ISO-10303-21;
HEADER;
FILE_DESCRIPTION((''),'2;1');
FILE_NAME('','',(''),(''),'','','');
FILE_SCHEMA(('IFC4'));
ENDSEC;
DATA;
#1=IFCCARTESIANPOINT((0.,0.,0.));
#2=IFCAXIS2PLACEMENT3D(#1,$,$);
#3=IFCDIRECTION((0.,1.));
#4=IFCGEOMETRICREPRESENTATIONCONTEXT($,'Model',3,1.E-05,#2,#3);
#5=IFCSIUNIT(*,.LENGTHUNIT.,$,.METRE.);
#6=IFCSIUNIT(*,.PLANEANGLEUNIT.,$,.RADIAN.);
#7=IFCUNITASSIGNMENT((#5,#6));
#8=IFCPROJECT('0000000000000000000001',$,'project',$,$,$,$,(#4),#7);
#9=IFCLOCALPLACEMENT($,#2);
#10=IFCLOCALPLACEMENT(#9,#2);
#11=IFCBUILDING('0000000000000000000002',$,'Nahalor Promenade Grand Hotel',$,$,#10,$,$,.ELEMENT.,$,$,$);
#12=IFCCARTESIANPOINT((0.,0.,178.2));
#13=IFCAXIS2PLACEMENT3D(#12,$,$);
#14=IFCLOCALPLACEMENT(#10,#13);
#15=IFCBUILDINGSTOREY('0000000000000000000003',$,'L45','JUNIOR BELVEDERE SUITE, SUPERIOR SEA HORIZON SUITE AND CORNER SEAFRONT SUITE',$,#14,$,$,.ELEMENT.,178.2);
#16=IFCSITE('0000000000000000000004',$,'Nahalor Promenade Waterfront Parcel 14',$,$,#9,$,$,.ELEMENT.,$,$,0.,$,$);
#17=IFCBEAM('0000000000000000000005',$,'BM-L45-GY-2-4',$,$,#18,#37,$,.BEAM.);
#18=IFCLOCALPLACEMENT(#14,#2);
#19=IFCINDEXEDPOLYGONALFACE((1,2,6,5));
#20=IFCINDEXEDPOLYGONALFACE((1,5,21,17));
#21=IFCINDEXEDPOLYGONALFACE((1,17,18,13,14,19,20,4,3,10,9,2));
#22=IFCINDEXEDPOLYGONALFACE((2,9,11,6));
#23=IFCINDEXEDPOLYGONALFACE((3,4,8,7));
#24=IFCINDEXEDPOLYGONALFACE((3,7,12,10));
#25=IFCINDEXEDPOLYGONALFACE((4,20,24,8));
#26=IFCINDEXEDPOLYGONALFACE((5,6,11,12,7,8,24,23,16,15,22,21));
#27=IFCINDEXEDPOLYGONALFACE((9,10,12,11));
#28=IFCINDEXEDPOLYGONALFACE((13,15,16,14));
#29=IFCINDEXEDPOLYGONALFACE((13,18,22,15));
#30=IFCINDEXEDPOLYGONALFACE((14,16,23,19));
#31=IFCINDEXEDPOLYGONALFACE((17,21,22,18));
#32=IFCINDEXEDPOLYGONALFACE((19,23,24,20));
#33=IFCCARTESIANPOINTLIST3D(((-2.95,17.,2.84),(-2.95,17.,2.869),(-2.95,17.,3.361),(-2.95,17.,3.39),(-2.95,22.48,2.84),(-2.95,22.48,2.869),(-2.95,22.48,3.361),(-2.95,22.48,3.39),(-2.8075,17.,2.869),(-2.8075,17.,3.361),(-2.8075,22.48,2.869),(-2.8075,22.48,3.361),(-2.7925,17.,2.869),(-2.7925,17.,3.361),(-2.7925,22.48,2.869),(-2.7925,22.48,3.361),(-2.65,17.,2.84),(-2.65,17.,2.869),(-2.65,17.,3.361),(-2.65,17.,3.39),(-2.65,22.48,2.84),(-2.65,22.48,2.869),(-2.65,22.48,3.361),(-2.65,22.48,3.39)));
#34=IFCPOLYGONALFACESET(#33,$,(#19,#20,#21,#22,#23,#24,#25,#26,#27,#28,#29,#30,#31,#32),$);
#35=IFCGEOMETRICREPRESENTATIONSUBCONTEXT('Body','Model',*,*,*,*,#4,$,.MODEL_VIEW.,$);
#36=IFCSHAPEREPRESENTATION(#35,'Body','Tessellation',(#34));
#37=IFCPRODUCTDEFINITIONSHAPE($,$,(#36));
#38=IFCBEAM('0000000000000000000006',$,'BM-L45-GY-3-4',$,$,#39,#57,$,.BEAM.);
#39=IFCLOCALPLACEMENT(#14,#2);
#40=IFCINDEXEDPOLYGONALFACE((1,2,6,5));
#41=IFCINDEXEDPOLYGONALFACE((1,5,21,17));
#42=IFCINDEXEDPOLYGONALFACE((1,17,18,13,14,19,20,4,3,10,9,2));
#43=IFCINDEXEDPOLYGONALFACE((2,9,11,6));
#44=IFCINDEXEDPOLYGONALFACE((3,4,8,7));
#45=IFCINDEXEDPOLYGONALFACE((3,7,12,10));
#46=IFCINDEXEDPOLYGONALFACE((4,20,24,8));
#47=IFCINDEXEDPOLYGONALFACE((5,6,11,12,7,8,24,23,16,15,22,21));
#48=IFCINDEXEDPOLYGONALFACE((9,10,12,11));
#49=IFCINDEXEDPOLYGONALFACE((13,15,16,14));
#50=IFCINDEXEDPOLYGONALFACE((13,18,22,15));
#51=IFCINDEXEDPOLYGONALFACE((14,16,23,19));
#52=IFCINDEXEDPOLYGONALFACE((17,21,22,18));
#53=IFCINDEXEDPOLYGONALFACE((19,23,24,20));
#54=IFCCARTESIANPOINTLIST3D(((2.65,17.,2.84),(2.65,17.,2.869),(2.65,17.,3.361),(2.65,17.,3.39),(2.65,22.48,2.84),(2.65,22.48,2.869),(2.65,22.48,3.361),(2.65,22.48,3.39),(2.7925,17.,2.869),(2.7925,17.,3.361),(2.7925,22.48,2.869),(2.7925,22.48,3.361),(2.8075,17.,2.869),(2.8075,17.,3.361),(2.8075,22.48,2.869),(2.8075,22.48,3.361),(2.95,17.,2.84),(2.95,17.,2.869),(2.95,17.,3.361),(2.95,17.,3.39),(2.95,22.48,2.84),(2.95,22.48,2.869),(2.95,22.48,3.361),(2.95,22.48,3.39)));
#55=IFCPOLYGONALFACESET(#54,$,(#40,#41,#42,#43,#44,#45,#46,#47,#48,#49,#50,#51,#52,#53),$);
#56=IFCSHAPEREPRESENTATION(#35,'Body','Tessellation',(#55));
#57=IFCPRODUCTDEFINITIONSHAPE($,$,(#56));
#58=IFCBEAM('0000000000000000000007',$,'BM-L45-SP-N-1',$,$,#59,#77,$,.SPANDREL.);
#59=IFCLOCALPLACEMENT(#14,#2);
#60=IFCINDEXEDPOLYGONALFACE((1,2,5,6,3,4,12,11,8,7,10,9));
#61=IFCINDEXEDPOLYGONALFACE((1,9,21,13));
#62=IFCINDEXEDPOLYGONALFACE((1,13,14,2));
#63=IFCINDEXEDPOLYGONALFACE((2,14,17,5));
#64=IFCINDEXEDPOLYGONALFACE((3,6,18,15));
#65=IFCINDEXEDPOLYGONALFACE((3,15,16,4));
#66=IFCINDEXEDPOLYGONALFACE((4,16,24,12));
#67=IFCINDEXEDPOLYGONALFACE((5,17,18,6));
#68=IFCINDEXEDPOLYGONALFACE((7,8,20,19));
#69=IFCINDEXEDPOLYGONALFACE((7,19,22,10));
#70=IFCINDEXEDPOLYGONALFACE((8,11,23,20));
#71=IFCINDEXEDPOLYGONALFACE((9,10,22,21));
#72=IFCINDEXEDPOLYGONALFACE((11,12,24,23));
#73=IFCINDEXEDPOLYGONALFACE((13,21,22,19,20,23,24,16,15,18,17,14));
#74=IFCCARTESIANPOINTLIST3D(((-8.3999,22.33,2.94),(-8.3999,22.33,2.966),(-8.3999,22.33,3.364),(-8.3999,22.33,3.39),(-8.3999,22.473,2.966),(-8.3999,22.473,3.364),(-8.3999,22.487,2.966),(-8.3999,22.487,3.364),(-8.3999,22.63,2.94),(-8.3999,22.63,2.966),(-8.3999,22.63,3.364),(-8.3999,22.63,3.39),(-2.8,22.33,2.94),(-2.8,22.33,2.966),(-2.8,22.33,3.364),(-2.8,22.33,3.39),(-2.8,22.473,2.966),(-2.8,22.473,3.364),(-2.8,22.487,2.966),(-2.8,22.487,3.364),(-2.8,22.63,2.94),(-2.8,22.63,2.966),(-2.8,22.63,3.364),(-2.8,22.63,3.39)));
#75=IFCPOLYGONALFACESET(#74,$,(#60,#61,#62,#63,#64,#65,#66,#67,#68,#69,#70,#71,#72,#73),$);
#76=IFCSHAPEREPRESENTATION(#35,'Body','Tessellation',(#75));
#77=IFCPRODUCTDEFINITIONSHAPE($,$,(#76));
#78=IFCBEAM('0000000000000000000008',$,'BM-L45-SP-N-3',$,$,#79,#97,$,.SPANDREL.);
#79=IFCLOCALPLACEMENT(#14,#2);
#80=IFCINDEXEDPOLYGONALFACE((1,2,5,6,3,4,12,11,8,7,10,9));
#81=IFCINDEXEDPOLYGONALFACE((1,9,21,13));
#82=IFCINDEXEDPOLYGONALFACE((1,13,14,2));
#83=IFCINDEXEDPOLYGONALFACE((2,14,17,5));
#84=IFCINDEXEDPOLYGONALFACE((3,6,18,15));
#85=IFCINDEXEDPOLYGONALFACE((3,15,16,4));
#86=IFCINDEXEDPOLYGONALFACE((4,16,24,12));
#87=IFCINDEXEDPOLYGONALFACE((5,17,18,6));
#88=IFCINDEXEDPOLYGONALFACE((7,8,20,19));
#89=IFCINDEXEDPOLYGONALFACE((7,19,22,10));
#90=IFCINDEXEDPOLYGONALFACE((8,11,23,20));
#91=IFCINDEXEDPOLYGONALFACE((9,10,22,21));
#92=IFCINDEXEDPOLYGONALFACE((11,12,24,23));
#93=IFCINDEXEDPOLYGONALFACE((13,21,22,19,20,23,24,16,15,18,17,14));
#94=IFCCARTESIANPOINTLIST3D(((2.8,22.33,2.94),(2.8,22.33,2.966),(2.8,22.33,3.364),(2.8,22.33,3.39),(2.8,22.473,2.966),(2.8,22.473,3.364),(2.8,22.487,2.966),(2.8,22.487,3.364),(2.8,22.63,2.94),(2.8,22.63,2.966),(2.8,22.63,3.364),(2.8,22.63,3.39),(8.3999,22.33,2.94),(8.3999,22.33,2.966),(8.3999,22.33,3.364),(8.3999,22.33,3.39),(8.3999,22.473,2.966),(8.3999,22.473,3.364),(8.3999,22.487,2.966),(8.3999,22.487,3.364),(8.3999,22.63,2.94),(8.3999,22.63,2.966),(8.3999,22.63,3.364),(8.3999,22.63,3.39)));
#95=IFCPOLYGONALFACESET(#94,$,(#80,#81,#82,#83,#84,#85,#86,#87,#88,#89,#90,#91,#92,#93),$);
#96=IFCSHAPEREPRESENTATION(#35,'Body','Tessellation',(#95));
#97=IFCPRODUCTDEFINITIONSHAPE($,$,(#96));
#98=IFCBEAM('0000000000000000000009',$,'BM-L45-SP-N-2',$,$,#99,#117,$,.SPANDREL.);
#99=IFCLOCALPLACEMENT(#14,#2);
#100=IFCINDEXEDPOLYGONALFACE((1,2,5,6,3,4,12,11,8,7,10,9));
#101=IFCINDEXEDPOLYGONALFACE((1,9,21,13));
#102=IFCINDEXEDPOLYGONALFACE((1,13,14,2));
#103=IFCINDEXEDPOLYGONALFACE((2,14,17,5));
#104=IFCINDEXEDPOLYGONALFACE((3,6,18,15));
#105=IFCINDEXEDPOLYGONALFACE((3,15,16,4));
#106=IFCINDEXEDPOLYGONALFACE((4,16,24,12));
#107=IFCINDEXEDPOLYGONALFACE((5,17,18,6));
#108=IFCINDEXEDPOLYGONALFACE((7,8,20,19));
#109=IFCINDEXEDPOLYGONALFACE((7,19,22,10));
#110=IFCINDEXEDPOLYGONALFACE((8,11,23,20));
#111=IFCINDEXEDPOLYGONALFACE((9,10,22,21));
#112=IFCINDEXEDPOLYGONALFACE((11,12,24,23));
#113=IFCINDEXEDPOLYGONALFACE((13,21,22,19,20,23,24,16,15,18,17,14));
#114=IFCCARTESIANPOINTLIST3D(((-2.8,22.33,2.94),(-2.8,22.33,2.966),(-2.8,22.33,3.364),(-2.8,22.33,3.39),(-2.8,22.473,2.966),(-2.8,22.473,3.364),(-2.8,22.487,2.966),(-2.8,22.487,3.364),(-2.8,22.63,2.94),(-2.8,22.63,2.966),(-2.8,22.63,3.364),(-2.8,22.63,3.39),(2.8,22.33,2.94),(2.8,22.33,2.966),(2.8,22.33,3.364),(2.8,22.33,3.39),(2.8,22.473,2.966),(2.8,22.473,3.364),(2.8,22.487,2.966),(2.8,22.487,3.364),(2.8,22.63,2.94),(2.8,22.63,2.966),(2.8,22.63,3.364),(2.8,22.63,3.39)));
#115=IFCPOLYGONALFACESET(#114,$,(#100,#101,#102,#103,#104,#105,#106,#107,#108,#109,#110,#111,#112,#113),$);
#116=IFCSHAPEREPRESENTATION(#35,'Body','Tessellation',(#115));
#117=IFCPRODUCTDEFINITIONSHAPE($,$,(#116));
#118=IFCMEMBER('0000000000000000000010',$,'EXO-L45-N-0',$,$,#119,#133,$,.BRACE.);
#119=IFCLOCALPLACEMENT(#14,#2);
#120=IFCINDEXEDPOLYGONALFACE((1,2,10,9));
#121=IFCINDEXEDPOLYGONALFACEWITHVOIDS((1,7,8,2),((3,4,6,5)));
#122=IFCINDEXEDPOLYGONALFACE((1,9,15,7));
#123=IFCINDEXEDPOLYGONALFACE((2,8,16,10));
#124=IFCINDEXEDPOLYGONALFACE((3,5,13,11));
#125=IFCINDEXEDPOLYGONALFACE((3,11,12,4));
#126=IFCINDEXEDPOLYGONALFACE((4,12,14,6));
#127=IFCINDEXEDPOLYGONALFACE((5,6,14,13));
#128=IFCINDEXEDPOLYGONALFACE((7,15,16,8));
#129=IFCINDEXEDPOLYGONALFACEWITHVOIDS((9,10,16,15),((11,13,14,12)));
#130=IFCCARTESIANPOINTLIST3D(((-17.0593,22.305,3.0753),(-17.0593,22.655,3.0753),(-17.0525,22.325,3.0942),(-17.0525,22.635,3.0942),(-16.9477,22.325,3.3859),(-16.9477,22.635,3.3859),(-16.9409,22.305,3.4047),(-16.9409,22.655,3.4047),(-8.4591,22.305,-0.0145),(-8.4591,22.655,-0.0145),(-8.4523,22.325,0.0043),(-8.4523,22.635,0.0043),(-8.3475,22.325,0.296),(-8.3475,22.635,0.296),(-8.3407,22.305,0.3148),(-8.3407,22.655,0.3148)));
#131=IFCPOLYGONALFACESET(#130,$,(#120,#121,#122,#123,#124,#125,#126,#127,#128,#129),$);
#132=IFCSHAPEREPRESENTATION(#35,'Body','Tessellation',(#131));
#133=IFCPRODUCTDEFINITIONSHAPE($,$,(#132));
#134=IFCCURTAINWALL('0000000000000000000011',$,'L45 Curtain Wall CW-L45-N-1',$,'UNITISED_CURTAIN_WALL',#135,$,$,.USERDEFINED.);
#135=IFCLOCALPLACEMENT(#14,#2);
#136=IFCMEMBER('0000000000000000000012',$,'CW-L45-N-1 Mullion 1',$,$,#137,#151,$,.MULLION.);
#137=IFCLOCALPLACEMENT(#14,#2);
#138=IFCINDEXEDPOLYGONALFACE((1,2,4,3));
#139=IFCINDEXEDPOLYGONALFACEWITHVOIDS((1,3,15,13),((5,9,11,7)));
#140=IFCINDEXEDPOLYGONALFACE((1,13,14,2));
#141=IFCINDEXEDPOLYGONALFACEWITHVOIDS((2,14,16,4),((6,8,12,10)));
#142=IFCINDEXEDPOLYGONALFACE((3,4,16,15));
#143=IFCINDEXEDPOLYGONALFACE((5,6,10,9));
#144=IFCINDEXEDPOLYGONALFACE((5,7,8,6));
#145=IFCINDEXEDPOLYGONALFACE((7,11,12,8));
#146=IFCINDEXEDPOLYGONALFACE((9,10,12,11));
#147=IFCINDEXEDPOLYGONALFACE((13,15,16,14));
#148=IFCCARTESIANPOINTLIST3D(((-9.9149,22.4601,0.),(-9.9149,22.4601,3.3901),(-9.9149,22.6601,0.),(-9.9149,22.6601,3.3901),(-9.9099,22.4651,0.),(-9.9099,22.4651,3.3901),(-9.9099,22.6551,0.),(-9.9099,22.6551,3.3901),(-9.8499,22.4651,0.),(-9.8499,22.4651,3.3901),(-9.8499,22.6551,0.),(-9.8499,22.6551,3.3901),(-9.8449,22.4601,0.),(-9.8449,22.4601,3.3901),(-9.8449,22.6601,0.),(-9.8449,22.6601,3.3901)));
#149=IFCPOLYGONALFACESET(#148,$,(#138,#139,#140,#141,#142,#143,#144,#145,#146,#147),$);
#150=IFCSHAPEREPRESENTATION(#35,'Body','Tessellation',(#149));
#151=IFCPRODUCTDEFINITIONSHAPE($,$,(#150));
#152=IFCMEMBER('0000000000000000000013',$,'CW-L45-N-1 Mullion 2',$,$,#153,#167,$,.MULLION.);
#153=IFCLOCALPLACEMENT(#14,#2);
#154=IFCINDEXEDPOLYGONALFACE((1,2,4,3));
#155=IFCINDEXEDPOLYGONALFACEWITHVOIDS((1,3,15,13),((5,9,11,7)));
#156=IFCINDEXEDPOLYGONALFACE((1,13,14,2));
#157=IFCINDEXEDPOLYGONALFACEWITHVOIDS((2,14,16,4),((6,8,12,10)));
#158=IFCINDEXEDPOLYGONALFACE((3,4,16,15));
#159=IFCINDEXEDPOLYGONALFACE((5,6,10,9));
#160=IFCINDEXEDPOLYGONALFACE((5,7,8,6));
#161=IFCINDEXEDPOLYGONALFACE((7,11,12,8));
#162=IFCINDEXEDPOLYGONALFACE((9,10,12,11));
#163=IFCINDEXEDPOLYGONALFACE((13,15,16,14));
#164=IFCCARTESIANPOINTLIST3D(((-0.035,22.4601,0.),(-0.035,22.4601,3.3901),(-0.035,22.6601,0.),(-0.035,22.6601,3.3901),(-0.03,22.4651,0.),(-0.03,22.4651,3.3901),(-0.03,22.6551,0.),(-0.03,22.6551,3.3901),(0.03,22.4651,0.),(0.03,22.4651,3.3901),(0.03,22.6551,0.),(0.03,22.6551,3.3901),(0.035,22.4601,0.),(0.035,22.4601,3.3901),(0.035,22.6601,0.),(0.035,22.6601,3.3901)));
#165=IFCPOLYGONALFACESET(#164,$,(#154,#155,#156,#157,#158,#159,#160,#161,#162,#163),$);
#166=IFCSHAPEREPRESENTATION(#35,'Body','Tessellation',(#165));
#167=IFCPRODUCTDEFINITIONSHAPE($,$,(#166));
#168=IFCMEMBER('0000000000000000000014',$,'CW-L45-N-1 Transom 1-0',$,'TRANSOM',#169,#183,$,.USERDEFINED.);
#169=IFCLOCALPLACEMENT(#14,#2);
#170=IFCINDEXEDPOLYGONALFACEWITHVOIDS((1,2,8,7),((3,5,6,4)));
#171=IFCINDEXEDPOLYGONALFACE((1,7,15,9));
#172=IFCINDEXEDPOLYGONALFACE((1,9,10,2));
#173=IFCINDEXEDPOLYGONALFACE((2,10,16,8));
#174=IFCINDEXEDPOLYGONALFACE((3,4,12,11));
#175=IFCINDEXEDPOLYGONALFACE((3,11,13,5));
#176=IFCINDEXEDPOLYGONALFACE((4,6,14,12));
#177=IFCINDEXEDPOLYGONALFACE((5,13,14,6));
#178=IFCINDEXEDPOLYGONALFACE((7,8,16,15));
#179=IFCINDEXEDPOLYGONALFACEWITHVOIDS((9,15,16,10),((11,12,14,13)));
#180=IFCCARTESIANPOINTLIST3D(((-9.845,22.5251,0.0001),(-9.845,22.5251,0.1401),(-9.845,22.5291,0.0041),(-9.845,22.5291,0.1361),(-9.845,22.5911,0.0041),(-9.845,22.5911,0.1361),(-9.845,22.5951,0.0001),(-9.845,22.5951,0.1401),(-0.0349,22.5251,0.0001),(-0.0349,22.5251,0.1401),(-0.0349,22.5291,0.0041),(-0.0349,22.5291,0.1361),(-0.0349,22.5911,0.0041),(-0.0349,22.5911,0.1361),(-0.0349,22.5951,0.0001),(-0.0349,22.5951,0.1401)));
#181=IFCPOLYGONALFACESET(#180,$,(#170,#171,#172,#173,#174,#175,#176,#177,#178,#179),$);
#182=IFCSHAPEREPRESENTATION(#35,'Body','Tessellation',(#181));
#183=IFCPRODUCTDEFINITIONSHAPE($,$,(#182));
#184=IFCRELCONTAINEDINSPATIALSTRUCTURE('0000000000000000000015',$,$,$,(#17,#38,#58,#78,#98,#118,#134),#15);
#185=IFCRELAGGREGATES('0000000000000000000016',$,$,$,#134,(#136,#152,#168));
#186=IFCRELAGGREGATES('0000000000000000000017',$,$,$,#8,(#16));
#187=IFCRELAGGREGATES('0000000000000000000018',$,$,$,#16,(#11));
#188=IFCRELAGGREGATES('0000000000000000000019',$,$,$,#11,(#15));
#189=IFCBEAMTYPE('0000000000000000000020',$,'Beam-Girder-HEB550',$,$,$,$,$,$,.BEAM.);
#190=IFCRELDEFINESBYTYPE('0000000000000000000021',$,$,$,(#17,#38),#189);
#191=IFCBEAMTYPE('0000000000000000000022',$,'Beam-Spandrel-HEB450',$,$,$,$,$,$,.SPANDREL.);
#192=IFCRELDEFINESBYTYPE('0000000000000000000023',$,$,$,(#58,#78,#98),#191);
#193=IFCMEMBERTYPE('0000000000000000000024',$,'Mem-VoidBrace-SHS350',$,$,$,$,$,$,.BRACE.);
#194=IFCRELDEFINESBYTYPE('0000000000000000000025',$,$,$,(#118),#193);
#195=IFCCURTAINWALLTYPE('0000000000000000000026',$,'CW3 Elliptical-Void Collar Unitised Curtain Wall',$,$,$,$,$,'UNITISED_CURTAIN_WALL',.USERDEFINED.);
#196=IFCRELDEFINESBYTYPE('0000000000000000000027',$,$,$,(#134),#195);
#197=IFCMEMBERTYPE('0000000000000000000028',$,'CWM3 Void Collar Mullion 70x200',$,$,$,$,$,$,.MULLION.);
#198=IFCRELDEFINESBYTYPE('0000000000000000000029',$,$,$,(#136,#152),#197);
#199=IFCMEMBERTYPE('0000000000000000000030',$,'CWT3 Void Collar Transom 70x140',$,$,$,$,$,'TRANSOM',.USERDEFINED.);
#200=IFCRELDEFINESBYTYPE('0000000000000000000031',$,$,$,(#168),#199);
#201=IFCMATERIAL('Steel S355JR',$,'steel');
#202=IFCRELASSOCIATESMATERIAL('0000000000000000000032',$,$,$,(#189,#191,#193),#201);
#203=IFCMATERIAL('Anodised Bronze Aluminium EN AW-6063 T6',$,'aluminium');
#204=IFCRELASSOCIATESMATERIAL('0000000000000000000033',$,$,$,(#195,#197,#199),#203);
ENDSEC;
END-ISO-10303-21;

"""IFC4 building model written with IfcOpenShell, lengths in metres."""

from ifc_helpers import new_model, si_unit, direction, frame, origin, origin_2d, place, context, subcontext, project, spatial, hollow_rectangle, i_section, extrude, source, transform, mapped, material, material_profile, profile_set, type_object, element, aggregate, save


model = new_model("IFC4")

# Units and contexts
model_context = context("Model", 3, precision=1e-05, world=origin(), true_north=direction((0.0, 1.0)))
body_context = subcontext(model_context, "Body", "Model", "MODEL_VIEW")
ifc_project = project(units=[si_unit("LENGTHUNIT", "METRE"), si_unit("PLANEANGLEUNIT", "RADIAN")], contexts=[model_context])

# Site, building, storey
site_placement = place(None, origin())
site = spatial("IfcSite", under=ifc_project, at=site_placement, Name="Nahalor Promenade Waterfront Parcel 14", CompositionType="ELEMENT", RefElevation=0.0)
building_placement = place(site_placement, origin())
building = spatial("IfcBuilding", under=site, at=building_placement, Name="Nahalor Promenade Grand Hotel", CompositionType="ELEMENT")
storey_placement = place(building_placement, frame((0.0, 0.0, 178.2)))
storey = spatial("IfcBuildingStorey", under=building, at=storey_placement, Name="L45", Description="JUNIOR BELVEDERE SUITE, SUPERIOR SEA HORIZON SUITE AND CORNER SEAFRONT SUITE", CompositionType="ELEMENT", Elevation=178.2)

# Beams
ifc_material_1 = material(Name="Steel S355JR", Category="steel")
ifc_material_profile_1 = material_profile(ifc_material_1, i_section(OverallWidth=0.3, OverallDepth=0.55, WebThickness=0.015, FlangeThickness=0.029, at=origin_2d()), Name="HEB 550")
ifc_profile_set_1 = profile_set([ifc_material_profile_1], Name="Steel S355JR")
beam_type_1 = type_object("IfcBeamType", Name="Beam-Girder-HEB550", PredefinedType="BEAM", material=ifc_profile_set_1)
shared_shape_1 = source(origin(), body_context, "Body", "SweptSolid", [
    extrude(i_section(OverallWidth=0.3, OverallDepth=0.55, WebThickness=0.015, FlangeThickness=0.029, at=origin_2d()), origin(), (0.0, 0.0, 1.0), 5.48),
])
for number, where, z_axis, x_axis, name in (
    (1, (-2.8, 17.0, 3.115), (0.0, 1.0, 0.0), (-1.0, 0.0, 0.0), "BM-L45-GY-2-4"),
    (2, (2.8, 17.0, 3.115), (0.0, 1.0, 0.0), (-1.0, 0.0, 0.0), "BM-L45-GY-3-4"),
):
    element("IfcBeam", number, at=place(storey_placement, frame(where, z_axis=z_axis, x_axis=x_axis)), inside=storey, type_object=beam_type_1, Name=name, PredefinedType="BEAM", context=body_context, shape_type="MappedRepresentation", body=[
        mapped(shared_shape_1, transform((0.0, 0.0, 0.0), scale=1.0)),
    ])
ifc_material_profile_2 = material_profile(ifc_material_1, i_section(OverallWidth=0.3, OverallDepth=0.45, WebThickness=0.014, FlangeThickness=0.026, at=origin_2d()), Name="HEB 450")
ifc_profile_set_2 = profile_set([ifc_material_profile_2], Name="Steel S355JR")
beam_type_2 = type_object("IfcBeamType", Name="Beam-Spandrel-HEB450", PredefinedType="SPANDREL", material=ifc_profile_set_2)
shared_shape_2 = source(origin(), body_context, "Body", "SweptSolid", [
    extrude(i_section(OverallWidth=0.3, OverallDepth=0.45, WebThickness=0.014, FlangeThickness=0.026, at=origin_2d()), origin(), (0.0, 0.0, 1.0), 5.5999),
])
for number, where, z_axis, x_axis, name in (
    (3, (-8.3999, 22.48, 3.165), (1.0, 0.0, 0.0), (0.0, 1.0, 0.0), "BM-L45-SP-N-1"),
    (4, (2.8, 22.48, 3.165), (1.0, 0.0, 0.0), (0.0, 1.0, 0.0), "BM-L45-SP-N-3"),
):
    element("IfcBeam", number, at=place(storey_placement, frame(where, z_axis=z_axis, x_axis=x_axis)), inside=storey, type_object=beam_type_2, Name=name, PredefinedType="SPANDREL", context=body_context, shape_type="MappedRepresentation", body=[
        mapped(shared_shape_2, transform((0.0, 0.0, 0.0), scale=1.0)),
    ])
shared_shape_3 = source(origin(), body_context, "Body", "SweptSolid", [
    extrude(i_section(OverallWidth=0.3, OverallDepth=0.45, WebThickness=0.014, FlangeThickness=0.026, at=origin_2d()), origin(), (0.0, 0.0, 1.0), 5.6001),
])
beam_1_placement = place(storey_placement, frame((-2.8, 22.48, 3.165), z_axis=(1.0, 0.0, 0.0), x_axis=(0.0, 1.0, 0.0)))
element("IfcBeam", 5, at=beam_1_placement, inside=storey, type_object=beam_type_2, Name="BM-L45-SP-N-2", PredefinedType="SPANDREL", context=body_context, shape_type="MappedRepresentation", body=[
    mapped(shared_shape_3, transform((0.0, 0.0, 0.0), scale=1.0)),
])

# Member
ifc_material_profile_3 = material_profile(ifc_material_1, hollow_rectangle(XDim=0.35, YDim=0.35, WallThickness=0.02, at=origin_2d()), Name="SHS 350x350x20")
ifc_profile_set_3 = profile_set([ifc_material_profile_3], Name="Steel S355JR")
member_type_1 = type_object("IfcMemberType", Name="Mem-VoidBrace-SHS350", PredefinedType="BRACE", material=ifc_profile_set_3)
shared_shape_4 = source(origin(), body_context, "Body", "SweptSolid", [
    extrude(hollow_rectangle(XDim=0.35, YDim=0.35, WallThickness=0.02, at=origin_2d()), origin(), (0.0, 0.0, 1.0), 9.1384),
])
member_1_placement = place(storey_placement, frame((-8.3999, 22.48, 0.1501), z_axis=(-0.941103, 0.0, 0.33812), x_axis=(0.0, -1.0, 0.0)))
element("IfcMember", 6, at=member_1_placement, inside=storey, type_object=member_type_1, Name="EXO-L45-N-0", PredefinedType="BRACE", context=body_context, shape_type="MappedRepresentation", body=[
    mapped(shared_shape_4, transform((0.0, 0.0, 0.0), scale=1.0)),
])

# Curtain wall, members
ifc_material_2 = material(Name="Anodised Bronze Aluminium EN AW-6063 T6", Category="aluminium")
curtain_wall_type = type_object("IfcCurtainWallType", Name="CW3 Elliptical-Void Collar Unitised Curtain Wall", ElementType="UNITISED_CURTAIN_WALL", PredefinedType="USERDEFINED", material=ifc_material_2)
curtain_wall_placement = place(storey_placement, origin())
curtain_wall = element("IfcCurtainWall", 7, at=curtain_wall_placement, inside=storey, type_object=curtain_wall_type, Name="L45 Curtain Wall CW-L45-N-1", ObjectType="UNITISED_CURTAIN_WALL", PredefinedType="USERDEFINED")
ifc_material_profile_4 = material_profile(ifc_material_2, hollow_rectangle(XDim=0.07, YDim=0.2, WallThickness=0.005, at=origin_2d()), Name="CWM 70x200x5")
ifc_profile_set_4 = profile_set([ifc_material_profile_4], Name="Anodised Bronze Aluminium EN AW-6063 T6")
member_type_2 = type_object("IfcMemberType", Name="CWM3 Void Collar Mullion 70x200", PredefinedType="MULLION", material=ifc_profile_set_4)
shared_shape_5 = source(origin(), body_context, "Body", "SweptSolid", [
    extrude(hollow_rectangle(XDim=0.07, YDim=0.2, WallThickness=0.005, at=origin_2d()), origin(), (0.0, 0.0, 1.0), 3.3901),
])
member_2_placement = place(storey_placement, frame((-9.8799, 22.5601, 0.0), z_axis=(0.0, 0.0, 1.0), x_axis=(1.0, 0.0, 0.0)))
member_2 = element("IfcMember", 8, at=member_2_placement, type_object=member_type_2, Name="CW-L45-N-1 Mullion 1", PredefinedType="MULLION", context=body_context, shape_type="MappedRepresentation", body=[
    mapped(shared_shape_5, transform((0.0, 0.0, 0.0), scale=1.0)),
])
member_3_placement = place(storey_placement, frame((0.0, 22.5601, 0.0), z_axis=(0.0, 0.0, 1.0), x_axis=(1.0, 0.0, 0.0)))
member_3 = element("IfcMember", 9, at=member_3_placement, type_object=member_type_2, Name="CW-L45-N-1 Mullion 2", PredefinedType="MULLION", context=body_context, shape_type="MappedRepresentation", body=[
    mapped(shared_shape_5, transform((0.0, 0.0, 0.0), scale=1.0)),
])
ifc_material_profile_5 = material_profile(ifc_material_2, hollow_rectangle(XDim=0.07, YDim=0.14, WallThickness=0.004, at=origin_2d()), Name="CWT 70x140x4")
ifc_profile_set_5 = profile_set([ifc_material_profile_5], Name="Anodised Bronze Aluminium EN AW-6063 T6")
member_type_3 = type_object("IfcMemberType", Name="CWT3 Void Collar Transom 70x140", ElementType="TRANSOM", PredefinedType="USERDEFINED", material=ifc_profile_set_5)
shared_shape_6 = source(origin(), body_context, "Body", "SweptSolid", [
    extrude(hollow_rectangle(XDim=0.07, YDim=0.14, WallThickness=0.004, at=origin_2d()), origin(), (0.0, 0.0, 1.0), 9.8101),
])
member_4_placement = place(storey_placement, frame((-9.845, 22.5601, 0.0701), z_axis=(1.0, 0.0, 0.0), x_axis=(0.0, 1.0, 0.0)))
member_4 = element("IfcMember", 10, at=member_4_placement, type_object=member_type_3, Name="CW-L45-N-1 Transom 1-0", ObjectType="TRANSOM", PredefinedType="USERDEFINED", context=body_context, shape_type="MappedRepresentation", body=[
    mapped(shared_shape_6, transform((0.0, 0.0, 0.0), scale=1.0)),
])
aggregate(curtain_wall, [member_2, member_3, member_4])

save(model, "model.ifc")
